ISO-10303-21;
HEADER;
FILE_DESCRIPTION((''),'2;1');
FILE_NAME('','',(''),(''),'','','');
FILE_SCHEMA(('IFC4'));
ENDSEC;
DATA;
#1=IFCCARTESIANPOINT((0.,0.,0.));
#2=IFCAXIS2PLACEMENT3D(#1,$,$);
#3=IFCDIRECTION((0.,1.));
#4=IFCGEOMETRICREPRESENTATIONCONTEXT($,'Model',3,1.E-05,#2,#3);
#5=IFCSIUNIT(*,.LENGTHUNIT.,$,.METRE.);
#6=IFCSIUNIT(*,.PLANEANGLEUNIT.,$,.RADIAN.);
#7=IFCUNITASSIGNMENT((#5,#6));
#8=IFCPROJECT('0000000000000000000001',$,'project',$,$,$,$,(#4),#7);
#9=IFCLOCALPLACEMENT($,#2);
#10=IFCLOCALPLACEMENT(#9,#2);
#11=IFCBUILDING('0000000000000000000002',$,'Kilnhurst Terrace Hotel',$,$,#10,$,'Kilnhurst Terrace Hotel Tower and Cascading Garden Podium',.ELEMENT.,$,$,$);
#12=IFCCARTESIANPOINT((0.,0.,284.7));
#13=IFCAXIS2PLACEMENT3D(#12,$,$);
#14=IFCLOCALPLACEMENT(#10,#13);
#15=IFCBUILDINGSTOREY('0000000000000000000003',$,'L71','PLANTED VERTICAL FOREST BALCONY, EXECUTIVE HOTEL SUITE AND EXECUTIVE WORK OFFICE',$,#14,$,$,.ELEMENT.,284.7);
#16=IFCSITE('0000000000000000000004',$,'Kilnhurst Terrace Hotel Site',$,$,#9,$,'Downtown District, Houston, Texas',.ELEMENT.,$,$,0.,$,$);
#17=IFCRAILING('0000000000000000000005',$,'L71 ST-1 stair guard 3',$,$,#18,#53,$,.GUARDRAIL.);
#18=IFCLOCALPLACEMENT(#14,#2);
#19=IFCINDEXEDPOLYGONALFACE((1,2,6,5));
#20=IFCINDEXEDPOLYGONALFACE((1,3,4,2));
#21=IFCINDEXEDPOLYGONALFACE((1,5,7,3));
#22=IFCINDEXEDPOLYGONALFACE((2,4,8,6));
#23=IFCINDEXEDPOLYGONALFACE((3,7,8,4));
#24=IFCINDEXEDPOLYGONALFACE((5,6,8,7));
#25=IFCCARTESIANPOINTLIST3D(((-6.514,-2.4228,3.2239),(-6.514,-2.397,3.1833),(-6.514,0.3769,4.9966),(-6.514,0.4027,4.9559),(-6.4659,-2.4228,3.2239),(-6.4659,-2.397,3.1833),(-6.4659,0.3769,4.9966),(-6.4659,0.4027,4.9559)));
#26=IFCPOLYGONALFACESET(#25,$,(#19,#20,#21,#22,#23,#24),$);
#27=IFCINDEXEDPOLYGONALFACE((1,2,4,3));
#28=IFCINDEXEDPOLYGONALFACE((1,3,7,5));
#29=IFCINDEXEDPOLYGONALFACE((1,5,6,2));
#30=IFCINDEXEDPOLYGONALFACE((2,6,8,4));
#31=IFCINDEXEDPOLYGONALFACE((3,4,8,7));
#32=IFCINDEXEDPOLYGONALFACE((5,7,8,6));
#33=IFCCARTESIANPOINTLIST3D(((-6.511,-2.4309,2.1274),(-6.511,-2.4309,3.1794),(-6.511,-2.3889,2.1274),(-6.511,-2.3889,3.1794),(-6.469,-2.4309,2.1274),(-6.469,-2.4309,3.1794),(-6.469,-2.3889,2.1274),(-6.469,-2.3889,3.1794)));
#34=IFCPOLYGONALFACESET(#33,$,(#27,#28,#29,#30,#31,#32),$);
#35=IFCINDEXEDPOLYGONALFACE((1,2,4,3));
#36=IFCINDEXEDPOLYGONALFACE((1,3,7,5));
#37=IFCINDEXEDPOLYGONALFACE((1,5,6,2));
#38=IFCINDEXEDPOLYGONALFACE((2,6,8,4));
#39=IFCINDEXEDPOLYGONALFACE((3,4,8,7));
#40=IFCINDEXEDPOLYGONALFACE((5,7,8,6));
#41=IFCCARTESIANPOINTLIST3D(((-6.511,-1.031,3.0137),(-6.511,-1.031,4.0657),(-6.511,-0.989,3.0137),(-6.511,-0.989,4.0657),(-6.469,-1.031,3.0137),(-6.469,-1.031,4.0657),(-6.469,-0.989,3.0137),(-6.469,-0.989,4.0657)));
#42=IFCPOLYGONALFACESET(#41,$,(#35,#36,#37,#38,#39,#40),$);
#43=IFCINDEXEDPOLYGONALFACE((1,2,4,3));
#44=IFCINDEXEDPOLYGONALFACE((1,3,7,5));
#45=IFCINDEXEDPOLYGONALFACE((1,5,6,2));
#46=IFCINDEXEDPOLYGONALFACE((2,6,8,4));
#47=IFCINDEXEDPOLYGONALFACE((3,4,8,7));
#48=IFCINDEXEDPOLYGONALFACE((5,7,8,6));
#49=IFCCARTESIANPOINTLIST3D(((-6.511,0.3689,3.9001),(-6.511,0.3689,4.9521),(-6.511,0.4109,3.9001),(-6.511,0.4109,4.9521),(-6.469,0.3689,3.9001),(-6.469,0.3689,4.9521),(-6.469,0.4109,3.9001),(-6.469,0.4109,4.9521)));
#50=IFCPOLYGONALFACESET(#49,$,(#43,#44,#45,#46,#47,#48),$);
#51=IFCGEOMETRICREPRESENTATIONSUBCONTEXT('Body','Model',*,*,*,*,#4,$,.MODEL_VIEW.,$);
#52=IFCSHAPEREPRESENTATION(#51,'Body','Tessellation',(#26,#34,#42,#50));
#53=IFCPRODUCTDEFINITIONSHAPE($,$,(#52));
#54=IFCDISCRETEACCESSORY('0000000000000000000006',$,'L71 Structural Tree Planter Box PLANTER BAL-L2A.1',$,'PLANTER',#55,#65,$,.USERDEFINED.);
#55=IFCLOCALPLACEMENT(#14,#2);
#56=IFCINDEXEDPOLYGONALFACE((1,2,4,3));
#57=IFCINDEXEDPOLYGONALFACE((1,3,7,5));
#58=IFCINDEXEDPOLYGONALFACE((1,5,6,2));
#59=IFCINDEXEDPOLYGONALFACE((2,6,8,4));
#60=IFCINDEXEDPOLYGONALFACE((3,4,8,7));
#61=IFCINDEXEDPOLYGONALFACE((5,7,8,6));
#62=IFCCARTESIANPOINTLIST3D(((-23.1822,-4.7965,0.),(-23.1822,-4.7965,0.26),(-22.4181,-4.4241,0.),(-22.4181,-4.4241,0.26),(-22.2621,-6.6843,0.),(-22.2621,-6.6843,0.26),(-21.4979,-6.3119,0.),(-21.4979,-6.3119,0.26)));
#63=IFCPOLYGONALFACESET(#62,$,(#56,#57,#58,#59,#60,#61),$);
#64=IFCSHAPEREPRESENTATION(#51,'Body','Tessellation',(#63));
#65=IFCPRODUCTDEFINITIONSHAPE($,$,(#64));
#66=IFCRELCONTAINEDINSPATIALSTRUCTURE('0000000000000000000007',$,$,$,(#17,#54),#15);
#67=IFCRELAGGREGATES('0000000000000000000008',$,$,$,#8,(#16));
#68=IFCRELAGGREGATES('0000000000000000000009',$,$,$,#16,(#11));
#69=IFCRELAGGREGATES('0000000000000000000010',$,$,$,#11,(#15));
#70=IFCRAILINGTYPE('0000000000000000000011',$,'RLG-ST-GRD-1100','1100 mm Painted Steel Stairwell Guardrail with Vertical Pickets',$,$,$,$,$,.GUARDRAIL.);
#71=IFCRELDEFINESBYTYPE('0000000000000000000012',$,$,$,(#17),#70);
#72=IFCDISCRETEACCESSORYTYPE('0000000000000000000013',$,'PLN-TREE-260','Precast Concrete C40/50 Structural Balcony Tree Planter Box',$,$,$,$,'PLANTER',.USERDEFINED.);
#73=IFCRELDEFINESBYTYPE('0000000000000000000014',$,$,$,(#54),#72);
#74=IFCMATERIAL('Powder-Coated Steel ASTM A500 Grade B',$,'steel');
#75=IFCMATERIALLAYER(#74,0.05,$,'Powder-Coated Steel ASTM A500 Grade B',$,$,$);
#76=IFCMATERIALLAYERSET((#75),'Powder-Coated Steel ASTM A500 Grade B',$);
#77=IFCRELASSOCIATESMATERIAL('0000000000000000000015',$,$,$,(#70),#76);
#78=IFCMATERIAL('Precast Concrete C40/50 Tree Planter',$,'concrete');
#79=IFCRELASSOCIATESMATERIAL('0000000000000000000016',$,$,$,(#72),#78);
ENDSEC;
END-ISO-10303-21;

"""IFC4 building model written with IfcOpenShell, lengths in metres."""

from ifc_helpers import new_model, si_unit, direction, frame, origin, origin_2d, place, context, subcontext, project, spatial, rectangle, extrude, material, layer, layer_set, type_object, element, save


model = new_model("IFC4")

# Units and contexts
model_context = context("Model", 3, precision=1e-05, world=origin(), true_north=direction((0.0, 1.0)))
body_context = subcontext(model_context, "Body", "Model", "MODEL_VIEW")
ifc_project = project(units=[si_unit("LENGTHUNIT", "METRE"), si_unit("PLANEANGLEUNIT", "RADIAN")], contexts=[model_context])

# Site, building, storey
site_placement = place(None, origin())
site = spatial("IfcSite", under=ifc_project, at=site_placement, Name="Kilnhurst Terrace Hotel Site", LongName="Downtown District, Houston, Texas", CompositionType="ELEMENT", RefElevation=0.0)
building_placement = place(site_placement, origin())
building = spatial("IfcBuilding", under=site, at=building_placement, Name="Kilnhurst Terrace Hotel", LongName="Kilnhurst Terrace Hotel Tower and Cascading Garden Podium", CompositionType="ELEMENT")
storey_placement = place(building_placement, frame((0.0, 0.0, 284.7)))
storey = spatial("IfcBuildingStorey", under=building, at=storey_placement, Name="L71", Description="PLANTED VERTICAL FOREST BALCONY, EXECUTIVE HOTEL SUITE AND EXECUTIVE WORK OFFICE", CompositionType="ELEMENT", Elevation=284.7)

# Railing
ifc_material_1 = material(Name="Powder-Coated Steel ASTM A500 Grade B", Category="steel")
ifc_layer_1 = layer(ifc_material_1, 0.05, Name="Powder-Coated Steel ASTM A500 Grade B")
ifc_layer_set_1 = layer_set([ifc_layer_1], Name="Powder-Coated Steel ASTM A500 Grade B")
railing_type = type_object("IfcRailingType", Name="RLG-ST-GRD-1100", Description="1100 mm Painted Steel Stairwell Guardrail with Vertical Pickets", PredefinedType="GUARDRAIL", material=ifc_layer_set_1)
railing_1_placement = place(storey_placement, frame((-6.49, -2.4099, 2.1274)))
element("IfcRailing", 1, at=railing_1_placement, inside=storey, type_object=railing_type, Name="L71 ST-1 stair guard 3", PredefinedType="GUARDRAIL", context=body_context, shape_type="SweptSolid", body=[
    extrude(rectangle(XDim=0.0481, YDim=0.0481, at=origin_2d()), frame((0.0, 0.0, 1.0762), z_axis=(0.0, 0.844888, 0.534943), x_axis=(-1.0, 0.0, 0.0)), (0.0, 0.0, 1.0), 3.3137),
    extrude(rectangle(XDim=0.042, YDim=0.042, at=origin_2d()), origin(), (0.0, 0.0, 1.0), 1.052),
    extrude(rectangle(XDim=0.042, YDim=0.042, at=origin_2d()), frame((0.0, 1.3999, 0.8862)), (0.0, 0.0, 1.0), 1.052),
    extrude(rectangle(XDim=0.042, YDim=0.042, at=origin_2d()), frame((0.0, 2.7998, 1.7727)), (0.0, 0.0, 1.0), 1.052),
])

# Discrete accessory
ifc_material_2 = material(Name="Precast Concrete C40/50 Tree Planter", Category="concrete")
discrete_accessory_type = type_object("IfcDiscreteAccessoryType", Name="PLN-TREE-260", Description="Precast Concrete C40/50 Structural Balcony Tree Planter Box", ElementType="PLANTER", PredefinedType="USERDEFINED", material=ifc_material_2)
discrete_accessory_placement = place(storey_placement, frame((-22.3401, -5.5542, 0.0), z_axis=(0.0, 0.0, 1.0), x_axis=(0.438136, -0.898909, 0.0)))
element("IfcDiscreteAccessory", 2, at=discrete_accessory_placement, inside=storey, type_object=discrete_accessory_type, Name="L71 Structural Tree Planter Box PLANTER BAL-L2A.1", ObjectType="PLANTER", PredefinedType="USERDEFINED", context=body_context, shape_type="SweptSolid", body=[
    extrude(rectangle(XDim=2.1001, YDim=0.8501, at=origin_2d()), origin(), (0.0, 0.0, 1.0), 0.26),
])

save(model, "model.ifc")
